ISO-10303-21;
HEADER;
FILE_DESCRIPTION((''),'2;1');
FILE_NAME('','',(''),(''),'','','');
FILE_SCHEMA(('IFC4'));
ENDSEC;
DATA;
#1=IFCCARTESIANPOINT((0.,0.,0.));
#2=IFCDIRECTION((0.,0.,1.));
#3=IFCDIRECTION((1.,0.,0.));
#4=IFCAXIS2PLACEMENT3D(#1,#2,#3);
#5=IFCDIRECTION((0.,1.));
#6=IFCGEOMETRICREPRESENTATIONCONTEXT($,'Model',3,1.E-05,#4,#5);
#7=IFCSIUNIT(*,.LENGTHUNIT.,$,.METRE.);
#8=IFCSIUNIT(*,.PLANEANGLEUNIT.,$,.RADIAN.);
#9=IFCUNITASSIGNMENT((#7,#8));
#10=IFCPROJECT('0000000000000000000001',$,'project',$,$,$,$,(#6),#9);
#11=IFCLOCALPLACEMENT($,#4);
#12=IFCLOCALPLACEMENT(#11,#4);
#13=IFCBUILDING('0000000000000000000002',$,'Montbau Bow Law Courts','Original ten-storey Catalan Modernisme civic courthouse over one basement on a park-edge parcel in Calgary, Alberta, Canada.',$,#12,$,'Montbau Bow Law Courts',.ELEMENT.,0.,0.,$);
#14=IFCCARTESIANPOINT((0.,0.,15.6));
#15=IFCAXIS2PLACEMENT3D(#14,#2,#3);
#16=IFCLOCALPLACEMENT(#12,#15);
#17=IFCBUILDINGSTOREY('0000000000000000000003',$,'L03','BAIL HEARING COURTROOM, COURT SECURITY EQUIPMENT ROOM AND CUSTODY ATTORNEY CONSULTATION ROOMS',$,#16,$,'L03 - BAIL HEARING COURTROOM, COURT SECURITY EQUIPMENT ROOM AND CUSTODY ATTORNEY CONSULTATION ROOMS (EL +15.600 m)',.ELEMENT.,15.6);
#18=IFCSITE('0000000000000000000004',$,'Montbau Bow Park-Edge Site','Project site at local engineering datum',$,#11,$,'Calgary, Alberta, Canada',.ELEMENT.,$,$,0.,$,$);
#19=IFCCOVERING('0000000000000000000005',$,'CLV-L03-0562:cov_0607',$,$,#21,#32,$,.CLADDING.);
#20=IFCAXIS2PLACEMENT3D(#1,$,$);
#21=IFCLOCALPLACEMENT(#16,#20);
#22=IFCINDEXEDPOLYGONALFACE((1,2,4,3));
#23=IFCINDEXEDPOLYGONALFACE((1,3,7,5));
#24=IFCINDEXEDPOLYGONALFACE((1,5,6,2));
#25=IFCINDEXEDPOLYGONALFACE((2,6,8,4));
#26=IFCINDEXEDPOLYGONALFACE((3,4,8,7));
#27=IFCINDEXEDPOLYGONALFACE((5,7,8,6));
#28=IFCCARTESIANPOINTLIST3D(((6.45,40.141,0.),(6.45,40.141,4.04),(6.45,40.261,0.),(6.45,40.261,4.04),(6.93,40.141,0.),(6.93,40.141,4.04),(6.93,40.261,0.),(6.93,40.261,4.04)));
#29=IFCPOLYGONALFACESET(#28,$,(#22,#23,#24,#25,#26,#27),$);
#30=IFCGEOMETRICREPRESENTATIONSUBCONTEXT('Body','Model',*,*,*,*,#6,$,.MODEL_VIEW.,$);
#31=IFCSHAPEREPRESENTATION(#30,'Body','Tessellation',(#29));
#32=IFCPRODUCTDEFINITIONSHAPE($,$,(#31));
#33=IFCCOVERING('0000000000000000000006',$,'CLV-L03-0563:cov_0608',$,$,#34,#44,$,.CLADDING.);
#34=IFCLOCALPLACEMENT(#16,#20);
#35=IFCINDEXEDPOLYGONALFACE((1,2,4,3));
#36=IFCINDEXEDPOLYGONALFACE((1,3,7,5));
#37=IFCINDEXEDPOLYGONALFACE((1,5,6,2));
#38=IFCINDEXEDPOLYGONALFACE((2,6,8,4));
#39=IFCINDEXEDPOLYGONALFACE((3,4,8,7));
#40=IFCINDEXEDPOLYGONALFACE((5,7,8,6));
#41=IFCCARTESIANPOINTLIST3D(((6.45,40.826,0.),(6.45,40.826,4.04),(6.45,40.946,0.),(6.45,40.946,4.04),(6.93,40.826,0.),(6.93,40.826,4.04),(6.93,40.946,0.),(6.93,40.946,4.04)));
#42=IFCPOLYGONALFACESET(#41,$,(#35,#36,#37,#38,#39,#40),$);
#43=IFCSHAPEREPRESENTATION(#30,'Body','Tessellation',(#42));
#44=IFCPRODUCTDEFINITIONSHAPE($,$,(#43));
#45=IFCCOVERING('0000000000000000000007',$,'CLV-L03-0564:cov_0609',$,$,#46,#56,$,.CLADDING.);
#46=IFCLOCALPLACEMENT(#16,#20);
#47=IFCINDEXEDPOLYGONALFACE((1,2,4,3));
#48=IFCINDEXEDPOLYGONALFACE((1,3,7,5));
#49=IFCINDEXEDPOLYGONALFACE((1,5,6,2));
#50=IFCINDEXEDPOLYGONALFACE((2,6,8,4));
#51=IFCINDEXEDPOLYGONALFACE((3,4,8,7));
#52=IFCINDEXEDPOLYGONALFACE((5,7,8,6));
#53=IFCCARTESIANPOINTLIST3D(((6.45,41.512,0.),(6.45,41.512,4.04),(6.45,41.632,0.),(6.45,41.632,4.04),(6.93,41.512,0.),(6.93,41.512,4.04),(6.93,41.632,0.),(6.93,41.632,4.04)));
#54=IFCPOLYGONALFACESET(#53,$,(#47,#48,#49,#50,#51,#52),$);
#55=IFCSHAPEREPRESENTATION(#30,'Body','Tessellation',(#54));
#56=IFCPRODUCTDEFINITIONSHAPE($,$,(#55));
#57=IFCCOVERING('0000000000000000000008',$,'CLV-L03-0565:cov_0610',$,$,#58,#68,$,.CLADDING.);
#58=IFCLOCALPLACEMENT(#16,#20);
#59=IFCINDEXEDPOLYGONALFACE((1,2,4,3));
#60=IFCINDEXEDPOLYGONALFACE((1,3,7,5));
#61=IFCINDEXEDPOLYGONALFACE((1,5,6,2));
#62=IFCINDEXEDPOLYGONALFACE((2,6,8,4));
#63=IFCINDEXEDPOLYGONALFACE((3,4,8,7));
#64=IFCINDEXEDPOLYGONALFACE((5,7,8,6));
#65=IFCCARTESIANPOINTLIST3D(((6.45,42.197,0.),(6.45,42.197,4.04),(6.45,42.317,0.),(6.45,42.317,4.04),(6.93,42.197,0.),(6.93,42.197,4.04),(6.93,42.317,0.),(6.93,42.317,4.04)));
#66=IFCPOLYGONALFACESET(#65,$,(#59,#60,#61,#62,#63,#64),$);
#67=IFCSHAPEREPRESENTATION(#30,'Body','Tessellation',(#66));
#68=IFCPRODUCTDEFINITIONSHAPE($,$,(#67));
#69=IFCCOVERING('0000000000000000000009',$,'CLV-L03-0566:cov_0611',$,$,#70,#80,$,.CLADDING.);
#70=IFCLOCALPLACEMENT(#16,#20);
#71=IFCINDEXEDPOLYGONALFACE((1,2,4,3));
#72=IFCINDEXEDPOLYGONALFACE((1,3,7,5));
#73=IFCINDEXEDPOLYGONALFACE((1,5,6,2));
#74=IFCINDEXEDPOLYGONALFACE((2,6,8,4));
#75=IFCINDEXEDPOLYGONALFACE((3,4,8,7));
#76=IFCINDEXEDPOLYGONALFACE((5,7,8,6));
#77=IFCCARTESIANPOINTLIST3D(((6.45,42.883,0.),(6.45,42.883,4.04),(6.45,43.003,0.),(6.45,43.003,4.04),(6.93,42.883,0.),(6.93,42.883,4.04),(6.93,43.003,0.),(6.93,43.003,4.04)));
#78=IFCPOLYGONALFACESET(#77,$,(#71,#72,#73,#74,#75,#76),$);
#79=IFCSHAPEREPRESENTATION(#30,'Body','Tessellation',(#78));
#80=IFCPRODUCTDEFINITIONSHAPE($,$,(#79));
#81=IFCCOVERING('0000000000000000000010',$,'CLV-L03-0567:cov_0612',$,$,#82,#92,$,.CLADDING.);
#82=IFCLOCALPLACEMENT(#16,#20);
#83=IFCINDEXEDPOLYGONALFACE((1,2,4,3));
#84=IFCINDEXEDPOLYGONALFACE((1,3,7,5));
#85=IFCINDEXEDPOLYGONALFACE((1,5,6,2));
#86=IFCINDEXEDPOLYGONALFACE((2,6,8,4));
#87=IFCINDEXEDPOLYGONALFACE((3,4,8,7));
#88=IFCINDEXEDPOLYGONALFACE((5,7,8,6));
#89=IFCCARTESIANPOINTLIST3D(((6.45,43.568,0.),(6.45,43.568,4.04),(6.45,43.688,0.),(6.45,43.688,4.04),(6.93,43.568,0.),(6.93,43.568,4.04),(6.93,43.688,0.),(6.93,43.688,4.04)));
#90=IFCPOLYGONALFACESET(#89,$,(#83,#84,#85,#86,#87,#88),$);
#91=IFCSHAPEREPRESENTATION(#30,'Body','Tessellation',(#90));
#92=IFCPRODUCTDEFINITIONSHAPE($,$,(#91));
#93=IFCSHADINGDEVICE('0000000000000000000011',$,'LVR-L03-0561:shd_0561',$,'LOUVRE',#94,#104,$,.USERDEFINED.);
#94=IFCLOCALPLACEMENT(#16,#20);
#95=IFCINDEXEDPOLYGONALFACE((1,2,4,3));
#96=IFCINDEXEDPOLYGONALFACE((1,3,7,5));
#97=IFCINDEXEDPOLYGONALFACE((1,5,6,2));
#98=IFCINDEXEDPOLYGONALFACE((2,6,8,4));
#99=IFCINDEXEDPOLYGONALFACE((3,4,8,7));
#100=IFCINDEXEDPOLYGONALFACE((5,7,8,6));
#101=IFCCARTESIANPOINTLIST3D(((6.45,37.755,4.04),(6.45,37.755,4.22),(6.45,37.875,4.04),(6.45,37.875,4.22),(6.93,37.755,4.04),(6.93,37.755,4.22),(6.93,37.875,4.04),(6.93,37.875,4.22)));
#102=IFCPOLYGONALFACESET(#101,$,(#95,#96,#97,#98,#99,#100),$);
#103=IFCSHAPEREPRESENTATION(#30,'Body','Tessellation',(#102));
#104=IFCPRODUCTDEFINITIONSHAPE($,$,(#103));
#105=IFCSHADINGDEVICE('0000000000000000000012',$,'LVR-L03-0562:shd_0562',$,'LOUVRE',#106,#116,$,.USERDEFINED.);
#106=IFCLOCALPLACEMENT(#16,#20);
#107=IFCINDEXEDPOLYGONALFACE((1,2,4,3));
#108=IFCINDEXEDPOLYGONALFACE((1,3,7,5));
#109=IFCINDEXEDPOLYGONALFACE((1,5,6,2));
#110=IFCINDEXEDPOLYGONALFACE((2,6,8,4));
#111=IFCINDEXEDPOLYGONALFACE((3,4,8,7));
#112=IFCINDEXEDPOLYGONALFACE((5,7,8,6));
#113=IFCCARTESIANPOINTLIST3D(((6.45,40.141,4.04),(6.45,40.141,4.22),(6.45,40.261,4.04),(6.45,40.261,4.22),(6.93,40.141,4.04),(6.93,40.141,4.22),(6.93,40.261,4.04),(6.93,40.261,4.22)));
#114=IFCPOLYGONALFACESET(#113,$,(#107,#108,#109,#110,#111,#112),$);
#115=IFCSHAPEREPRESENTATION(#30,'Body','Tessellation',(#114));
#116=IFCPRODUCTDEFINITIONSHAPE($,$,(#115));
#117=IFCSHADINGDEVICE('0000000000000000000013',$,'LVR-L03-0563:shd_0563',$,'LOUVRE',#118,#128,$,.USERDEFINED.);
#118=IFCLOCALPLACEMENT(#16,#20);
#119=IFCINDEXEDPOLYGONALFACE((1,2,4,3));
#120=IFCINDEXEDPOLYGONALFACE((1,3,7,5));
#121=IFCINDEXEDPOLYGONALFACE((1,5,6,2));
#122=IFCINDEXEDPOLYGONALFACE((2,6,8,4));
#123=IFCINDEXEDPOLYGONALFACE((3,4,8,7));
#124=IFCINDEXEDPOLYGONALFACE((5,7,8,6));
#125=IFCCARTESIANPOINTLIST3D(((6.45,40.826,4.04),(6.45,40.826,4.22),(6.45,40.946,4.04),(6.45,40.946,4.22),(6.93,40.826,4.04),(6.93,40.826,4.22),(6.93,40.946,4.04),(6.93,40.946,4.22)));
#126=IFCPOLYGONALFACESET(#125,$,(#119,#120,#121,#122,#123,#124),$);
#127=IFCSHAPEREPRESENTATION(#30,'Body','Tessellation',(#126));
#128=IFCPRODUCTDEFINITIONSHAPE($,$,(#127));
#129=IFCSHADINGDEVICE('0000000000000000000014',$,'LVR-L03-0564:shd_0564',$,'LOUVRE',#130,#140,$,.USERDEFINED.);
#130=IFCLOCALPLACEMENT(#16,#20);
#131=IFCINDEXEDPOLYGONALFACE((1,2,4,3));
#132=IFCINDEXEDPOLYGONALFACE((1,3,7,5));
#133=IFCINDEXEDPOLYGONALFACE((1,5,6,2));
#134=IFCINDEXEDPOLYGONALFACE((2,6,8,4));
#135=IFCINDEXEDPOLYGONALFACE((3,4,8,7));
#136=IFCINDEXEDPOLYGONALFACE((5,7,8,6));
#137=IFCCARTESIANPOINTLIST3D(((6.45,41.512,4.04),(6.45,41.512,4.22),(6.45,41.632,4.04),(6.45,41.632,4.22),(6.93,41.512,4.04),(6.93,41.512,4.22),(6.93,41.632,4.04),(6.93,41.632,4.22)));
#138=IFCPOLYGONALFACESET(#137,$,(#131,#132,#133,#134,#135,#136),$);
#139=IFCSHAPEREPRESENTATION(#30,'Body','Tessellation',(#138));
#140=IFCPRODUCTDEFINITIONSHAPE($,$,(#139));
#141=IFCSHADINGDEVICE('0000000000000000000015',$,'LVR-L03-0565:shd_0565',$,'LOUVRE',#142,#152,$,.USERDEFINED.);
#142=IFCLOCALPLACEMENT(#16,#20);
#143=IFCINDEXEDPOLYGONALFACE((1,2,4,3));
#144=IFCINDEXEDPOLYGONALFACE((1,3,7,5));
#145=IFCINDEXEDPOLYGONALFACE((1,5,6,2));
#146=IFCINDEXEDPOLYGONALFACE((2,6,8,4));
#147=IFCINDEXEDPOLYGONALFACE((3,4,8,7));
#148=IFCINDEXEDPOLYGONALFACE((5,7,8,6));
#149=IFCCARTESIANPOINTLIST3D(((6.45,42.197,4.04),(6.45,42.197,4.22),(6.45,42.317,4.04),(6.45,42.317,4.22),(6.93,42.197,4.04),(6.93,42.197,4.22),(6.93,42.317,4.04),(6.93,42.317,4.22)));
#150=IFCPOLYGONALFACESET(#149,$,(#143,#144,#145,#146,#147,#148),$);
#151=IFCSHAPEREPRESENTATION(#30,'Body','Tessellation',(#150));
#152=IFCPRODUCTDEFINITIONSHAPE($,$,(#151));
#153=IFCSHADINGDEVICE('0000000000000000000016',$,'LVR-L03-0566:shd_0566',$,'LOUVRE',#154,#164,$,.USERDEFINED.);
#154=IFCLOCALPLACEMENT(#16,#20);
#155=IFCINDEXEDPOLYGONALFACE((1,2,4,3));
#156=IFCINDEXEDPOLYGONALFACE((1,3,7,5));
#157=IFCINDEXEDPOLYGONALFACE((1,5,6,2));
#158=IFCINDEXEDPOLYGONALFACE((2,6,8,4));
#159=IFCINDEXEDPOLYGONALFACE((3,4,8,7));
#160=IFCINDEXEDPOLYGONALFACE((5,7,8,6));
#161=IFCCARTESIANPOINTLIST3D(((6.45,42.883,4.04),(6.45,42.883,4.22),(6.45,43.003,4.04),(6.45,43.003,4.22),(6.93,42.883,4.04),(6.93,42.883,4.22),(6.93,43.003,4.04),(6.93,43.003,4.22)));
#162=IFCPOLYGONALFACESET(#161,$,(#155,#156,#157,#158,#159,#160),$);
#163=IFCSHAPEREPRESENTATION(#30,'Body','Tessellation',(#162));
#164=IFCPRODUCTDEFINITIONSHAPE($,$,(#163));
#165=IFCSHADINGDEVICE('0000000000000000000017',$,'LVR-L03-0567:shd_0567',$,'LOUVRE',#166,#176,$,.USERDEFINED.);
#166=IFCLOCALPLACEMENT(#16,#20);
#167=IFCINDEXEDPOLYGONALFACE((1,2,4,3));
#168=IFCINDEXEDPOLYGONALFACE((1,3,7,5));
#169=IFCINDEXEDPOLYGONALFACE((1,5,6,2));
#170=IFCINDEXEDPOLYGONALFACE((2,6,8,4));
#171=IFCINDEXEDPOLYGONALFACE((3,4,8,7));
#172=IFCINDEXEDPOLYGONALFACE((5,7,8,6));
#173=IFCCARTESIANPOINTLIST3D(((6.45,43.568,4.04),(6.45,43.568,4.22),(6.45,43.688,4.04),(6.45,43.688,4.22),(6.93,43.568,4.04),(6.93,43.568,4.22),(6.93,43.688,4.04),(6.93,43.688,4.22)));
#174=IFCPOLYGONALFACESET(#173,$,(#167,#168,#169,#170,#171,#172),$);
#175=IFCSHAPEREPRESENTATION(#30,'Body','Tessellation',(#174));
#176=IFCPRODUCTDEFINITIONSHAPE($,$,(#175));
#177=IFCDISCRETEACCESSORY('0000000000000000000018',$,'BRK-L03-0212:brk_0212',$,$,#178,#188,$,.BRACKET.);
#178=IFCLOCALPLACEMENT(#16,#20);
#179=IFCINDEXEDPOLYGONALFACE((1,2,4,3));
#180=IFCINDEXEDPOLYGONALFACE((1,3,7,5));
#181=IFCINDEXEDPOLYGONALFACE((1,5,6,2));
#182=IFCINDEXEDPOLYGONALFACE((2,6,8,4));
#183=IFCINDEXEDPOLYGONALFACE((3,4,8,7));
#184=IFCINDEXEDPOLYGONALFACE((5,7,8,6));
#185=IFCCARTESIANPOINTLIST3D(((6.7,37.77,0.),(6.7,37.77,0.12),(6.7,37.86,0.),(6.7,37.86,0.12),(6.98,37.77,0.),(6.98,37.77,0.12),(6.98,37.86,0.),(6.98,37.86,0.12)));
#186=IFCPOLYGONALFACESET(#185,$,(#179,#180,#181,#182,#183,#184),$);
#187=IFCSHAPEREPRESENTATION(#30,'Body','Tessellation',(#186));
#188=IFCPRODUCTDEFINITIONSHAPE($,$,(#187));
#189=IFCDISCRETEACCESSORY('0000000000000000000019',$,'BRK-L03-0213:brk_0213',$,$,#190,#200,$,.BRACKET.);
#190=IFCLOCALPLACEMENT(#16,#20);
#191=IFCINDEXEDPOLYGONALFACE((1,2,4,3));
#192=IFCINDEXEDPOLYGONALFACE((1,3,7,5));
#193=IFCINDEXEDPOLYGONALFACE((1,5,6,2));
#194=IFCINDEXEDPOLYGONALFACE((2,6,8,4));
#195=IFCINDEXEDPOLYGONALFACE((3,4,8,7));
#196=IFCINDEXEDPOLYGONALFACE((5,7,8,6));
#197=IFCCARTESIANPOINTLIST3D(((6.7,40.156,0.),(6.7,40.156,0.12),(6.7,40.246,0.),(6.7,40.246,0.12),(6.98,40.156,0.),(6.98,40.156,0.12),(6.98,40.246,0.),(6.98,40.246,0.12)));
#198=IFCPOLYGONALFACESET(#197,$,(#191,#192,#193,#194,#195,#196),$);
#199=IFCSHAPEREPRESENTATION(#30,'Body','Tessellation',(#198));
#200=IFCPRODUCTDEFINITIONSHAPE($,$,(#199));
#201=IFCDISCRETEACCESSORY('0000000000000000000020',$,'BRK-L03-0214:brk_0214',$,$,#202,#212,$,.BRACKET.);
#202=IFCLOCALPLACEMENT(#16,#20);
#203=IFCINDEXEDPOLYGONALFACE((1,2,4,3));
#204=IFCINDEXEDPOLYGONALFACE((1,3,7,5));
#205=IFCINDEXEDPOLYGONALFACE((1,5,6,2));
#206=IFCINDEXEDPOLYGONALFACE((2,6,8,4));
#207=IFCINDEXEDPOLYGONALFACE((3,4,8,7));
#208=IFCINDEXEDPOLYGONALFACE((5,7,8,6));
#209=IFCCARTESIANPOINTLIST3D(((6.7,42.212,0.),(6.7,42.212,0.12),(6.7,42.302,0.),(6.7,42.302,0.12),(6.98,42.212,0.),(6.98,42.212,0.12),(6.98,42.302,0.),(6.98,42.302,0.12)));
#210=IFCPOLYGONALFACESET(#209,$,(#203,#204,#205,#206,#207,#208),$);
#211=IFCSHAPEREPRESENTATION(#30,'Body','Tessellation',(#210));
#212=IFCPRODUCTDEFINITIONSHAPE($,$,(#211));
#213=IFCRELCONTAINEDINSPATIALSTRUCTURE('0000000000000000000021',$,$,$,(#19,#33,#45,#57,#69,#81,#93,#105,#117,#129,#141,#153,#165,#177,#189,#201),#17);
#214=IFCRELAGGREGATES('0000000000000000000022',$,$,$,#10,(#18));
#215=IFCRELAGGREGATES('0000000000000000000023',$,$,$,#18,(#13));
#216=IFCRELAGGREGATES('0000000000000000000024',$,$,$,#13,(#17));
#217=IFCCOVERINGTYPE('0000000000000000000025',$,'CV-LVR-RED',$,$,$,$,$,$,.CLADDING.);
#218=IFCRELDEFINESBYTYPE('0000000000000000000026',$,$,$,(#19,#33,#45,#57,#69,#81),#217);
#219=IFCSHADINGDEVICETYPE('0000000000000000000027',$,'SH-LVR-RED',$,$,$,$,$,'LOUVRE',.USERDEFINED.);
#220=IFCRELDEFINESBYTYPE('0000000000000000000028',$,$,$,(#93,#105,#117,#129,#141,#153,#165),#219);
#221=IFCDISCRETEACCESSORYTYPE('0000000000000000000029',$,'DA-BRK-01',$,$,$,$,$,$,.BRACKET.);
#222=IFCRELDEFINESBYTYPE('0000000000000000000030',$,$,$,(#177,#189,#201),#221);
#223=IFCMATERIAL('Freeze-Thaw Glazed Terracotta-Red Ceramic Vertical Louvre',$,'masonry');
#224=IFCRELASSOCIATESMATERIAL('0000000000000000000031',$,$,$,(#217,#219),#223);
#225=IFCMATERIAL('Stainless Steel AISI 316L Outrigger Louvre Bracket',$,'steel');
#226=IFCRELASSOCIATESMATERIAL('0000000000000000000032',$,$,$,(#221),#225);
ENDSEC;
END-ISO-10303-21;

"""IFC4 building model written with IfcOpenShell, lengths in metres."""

from ifc_helpers import new_model, si_unit, direction, frame, frame_2d, origin_with_axes, origin_2d_with_axis, place, context, subcontext, project, spatial, rectangle, extrude, material, type_object, element, save


model = new_model("IFC4")

# Units and contexts
model_context = context("Model", 3, precision=1e-05, world=origin_with_axes(), true_north=direction((0.0, 1.0)))
body_context = subcontext(model_context, "Body", "Model", "MODEL_VIEW")
ifc_project = project(units=[si_unit("LENGTHUNIT", "METRE"), si_unit("PLANEANGLEUNIT", "RADIAN")], contexts=[model_context])

# Site, building, storey
site_placement = place(None, origin_with_axes())
site = spatial("IfcSite", under=ifc_project, at=site_placement, Name="Montbau Bow Park-Edge Site", Description="Project site at local engineering datum", LongName="Calgary, Alberta, Canada", CompositionType="ELEMENT", RefElevation=0.0)
building_placement = place(site_placement, origin_with_axes())
building = spatial("IfcBuilding", under=site, at=building_placement, Name="Montbau Bow Law Courts", Description="Original ten-storey Catalan Modernisme civic courthouse over one basement on a park-edge parcel in Calgary, Alberta, Canada.", LongName="Montbau Bow Law Courts", CompositionType="ELEMENT", ElevationOfRefHeight=0.0, ElevationOfTerrain=0.0)
storey_placement = place(building_placement, frame((0.0, 0.0, 15.6), z_axis=(0.0, 0.0, 1.0), x_axis=(1.0, 0.0, 0.0)))
storey = spatial("IfcBuildingStorey", under=building, at=storey_placement, Name="L03", Description="BAIL HEARING COURTROOM, COURT SECURITY EQUIPMENT ROOM AND CUSTODY ATTORNEY CONSULTATION ROOMS", LongName="L03 - BAIL HEARING COURTROOM, COURT SECURITY EQUIPMENT ROOM AND CUSTODY ATTORNEY CONSULTATION ROOMS (EL +15.600 m)", CompositionType="ELEMENT", Elevation=15.6)

# Coverings
ifc_material_1 = material(Name="Freeze-Thaw Glazed Terracotta-Red Ceramic Vertical Louvre", Category="masonry")
covering_type = type_object("IfcCoveringType", Name="CV-LVR-RED", PredefinedType="CLADDING", material=ifc_material_1)
for number, where, z_axis, x_axis, name in (
    (1, (6.93, 40.201, 15.6), (0.0, 1.0, 0.0), (-1.0, 0.0, 0.0), "CLV-L03-0562:cov_0607"),
    (2, (6.93, 40.886, 15.6), (0.0, 1.0, 0.0), (-1.0, 0.0, 0.0), "CLV-L03-0563:cov_0608"),
    (3, (6.93, 41.572, 15.6), (0.0, 1.0, 0.0), (-1.0, 0.0, 0.0), "CLV-L03-0564:cov_0609"),
    (4, (6.93, 42.257, 15.6), (0.0, 1.0, 0.0), (-1.0, 0.0, 0.0), "CLV-L03-0565:cov_0610"),
    (5, (6.93, 42.943, 15.6), (0.0, 1.0, 0.0), (-1.0, 0.0, 0.0), "CLV-L03-0566:cov_0611"),
    (6, (6.93, 43.628, 15.6), (0.0, 1.0, 0.0), (-1.0, 0.0, 0.0), "CLV-L03-0567:cov_0612"),
):
    element("IfcCovering", number, at=place(None, frame(where, z_axis=z_axis, x_axis=x_axis)), inside=storey, type_object=covering_type, Name=name, PredefinedType="CLADDING", context=body_context, shape_type="SweptSolid", body=[
        extrude(rectangle(XDim=0.48, YDim=4.04, at=frame_2d((0.24, 2.02), x_axis=(1.0, 0.0))), frame((0.0, 0.0, -0.06), z_axis=(0.0, 0.0, 1.0), x_axis=(1.0, 0.0, 0.0)), (0.0, 0.0, 1.0), 0.12),
    ])

# Shading devices
shading_device_type = type_object("IfcShadingDeviceType", Name="SH-LVR-RED", ElementType="LOUVRE", PredefinedType="USERDEFINED", material=ifc_material_1)
for number, where, z_axis, x_axis, name in (
    (7, (6.69, 37.815, 19.64), (0.0, 0.0, 1.0), (-1.0, 0.0, 0.0), "LVR-L03-0561:shd_0561"),
    (8, (6.69, 40.201, 19.64), (0.0, 0.0, 1.0), (-1.0, 0.0, 0.0), "LVR-L03-0562:shd_0562"),
    (9, (6.69, 40.886, 19.64), (0.0, 0.0, 1.0), (-1.0, 0.0, 0.0), "LVR-L03-0563:shd_0563"),
    (10, (6.69, 41.572, 19.64), (0.0, 0.0, 1.0), (-1.0, 0.0, 0.0), "LVR-L03-0564:shd_0564"),
    (11, (6.69, 42.257, 19.64), (0.0, 0.0, 1.0), (-1.0, 0.0, 0.0), "LVR-L03-0565:shd_0565"),
    (12, (6.69, 42.943, 19.64), (0.0, 0.0, 1.0), (-1.0, 0.0, 0.0), "LVR-L03-0566:shd_0566"),
    (13, (6.69, 43.628, 19.64), (0.0, 0.0, 1.0), (-1.0, 0.0, 0.0), "LVR-L03-0567:shd_0567"),
):
    element("IfcShadingDevice", number, at=place(None, frame(where, z_axis=z_axis, x_axis=x_axis)), inside=storey, type_object=shading_device_type, Name=name, ObjectType="LOUVRE", PredefinedType="USERDEFINED", context=body_context, shape_type="SweptSolid", body=[
        extrude(rectangle(XDim=0.48, YDim=0.12, at=origin_2d_with_axis()), origin_with_axes(), (0.0, 0.0, 1.0), 0.18),
    ])

# Discrete accessories
ifc_material_2 = material(Name="Stainless Steel AISI 316L Outrigger Louvre Bracket", Category="steel")
discrete_accessory_type = type_object("IfcDiscreteAccessoryType", Name="DA-BRK-01", PredefinedType="BRACKET", material=ifc_material_2)
for number, where, z_axis, x_axis, name in (
    (14, (6.84, 37.815, 15.6), (0.0, 0.0, 1.0), (-1.0, 0.0, 0.0), "BRK-L03-0212:brk_0212"),
    (15, (6.84, 40.201, 15.6), (0.0, 0.0, 1.0), (-1.0, 0.0, 0.0), "BRK-L03-0213:brk_0213"),
    (16, (6.84, 42.257, 15.6), (0.0, 0.0, 1.0), (-1.0, 0.0, 0.0), "BRK-L03-0214:brk_0214"),
):
    element("IfcDiscreteAccessory", number, at=place(None, frame(where, z_axis=z_axis, x_axis=x_axis)), inside=storey, type_object=discrete_accessory_type, Name=name, PredefinedType="BRACKET", context=body_context, shape_type="SweptSolid", body=[
        extrude(rectangle(XDim=0.28, YDim=0.09, at=origin_2d_with_axis()), origin_with_axes(), (0.0, 0.0, 1.0), 0.12),
    ])

save(model, "model.ifc")
